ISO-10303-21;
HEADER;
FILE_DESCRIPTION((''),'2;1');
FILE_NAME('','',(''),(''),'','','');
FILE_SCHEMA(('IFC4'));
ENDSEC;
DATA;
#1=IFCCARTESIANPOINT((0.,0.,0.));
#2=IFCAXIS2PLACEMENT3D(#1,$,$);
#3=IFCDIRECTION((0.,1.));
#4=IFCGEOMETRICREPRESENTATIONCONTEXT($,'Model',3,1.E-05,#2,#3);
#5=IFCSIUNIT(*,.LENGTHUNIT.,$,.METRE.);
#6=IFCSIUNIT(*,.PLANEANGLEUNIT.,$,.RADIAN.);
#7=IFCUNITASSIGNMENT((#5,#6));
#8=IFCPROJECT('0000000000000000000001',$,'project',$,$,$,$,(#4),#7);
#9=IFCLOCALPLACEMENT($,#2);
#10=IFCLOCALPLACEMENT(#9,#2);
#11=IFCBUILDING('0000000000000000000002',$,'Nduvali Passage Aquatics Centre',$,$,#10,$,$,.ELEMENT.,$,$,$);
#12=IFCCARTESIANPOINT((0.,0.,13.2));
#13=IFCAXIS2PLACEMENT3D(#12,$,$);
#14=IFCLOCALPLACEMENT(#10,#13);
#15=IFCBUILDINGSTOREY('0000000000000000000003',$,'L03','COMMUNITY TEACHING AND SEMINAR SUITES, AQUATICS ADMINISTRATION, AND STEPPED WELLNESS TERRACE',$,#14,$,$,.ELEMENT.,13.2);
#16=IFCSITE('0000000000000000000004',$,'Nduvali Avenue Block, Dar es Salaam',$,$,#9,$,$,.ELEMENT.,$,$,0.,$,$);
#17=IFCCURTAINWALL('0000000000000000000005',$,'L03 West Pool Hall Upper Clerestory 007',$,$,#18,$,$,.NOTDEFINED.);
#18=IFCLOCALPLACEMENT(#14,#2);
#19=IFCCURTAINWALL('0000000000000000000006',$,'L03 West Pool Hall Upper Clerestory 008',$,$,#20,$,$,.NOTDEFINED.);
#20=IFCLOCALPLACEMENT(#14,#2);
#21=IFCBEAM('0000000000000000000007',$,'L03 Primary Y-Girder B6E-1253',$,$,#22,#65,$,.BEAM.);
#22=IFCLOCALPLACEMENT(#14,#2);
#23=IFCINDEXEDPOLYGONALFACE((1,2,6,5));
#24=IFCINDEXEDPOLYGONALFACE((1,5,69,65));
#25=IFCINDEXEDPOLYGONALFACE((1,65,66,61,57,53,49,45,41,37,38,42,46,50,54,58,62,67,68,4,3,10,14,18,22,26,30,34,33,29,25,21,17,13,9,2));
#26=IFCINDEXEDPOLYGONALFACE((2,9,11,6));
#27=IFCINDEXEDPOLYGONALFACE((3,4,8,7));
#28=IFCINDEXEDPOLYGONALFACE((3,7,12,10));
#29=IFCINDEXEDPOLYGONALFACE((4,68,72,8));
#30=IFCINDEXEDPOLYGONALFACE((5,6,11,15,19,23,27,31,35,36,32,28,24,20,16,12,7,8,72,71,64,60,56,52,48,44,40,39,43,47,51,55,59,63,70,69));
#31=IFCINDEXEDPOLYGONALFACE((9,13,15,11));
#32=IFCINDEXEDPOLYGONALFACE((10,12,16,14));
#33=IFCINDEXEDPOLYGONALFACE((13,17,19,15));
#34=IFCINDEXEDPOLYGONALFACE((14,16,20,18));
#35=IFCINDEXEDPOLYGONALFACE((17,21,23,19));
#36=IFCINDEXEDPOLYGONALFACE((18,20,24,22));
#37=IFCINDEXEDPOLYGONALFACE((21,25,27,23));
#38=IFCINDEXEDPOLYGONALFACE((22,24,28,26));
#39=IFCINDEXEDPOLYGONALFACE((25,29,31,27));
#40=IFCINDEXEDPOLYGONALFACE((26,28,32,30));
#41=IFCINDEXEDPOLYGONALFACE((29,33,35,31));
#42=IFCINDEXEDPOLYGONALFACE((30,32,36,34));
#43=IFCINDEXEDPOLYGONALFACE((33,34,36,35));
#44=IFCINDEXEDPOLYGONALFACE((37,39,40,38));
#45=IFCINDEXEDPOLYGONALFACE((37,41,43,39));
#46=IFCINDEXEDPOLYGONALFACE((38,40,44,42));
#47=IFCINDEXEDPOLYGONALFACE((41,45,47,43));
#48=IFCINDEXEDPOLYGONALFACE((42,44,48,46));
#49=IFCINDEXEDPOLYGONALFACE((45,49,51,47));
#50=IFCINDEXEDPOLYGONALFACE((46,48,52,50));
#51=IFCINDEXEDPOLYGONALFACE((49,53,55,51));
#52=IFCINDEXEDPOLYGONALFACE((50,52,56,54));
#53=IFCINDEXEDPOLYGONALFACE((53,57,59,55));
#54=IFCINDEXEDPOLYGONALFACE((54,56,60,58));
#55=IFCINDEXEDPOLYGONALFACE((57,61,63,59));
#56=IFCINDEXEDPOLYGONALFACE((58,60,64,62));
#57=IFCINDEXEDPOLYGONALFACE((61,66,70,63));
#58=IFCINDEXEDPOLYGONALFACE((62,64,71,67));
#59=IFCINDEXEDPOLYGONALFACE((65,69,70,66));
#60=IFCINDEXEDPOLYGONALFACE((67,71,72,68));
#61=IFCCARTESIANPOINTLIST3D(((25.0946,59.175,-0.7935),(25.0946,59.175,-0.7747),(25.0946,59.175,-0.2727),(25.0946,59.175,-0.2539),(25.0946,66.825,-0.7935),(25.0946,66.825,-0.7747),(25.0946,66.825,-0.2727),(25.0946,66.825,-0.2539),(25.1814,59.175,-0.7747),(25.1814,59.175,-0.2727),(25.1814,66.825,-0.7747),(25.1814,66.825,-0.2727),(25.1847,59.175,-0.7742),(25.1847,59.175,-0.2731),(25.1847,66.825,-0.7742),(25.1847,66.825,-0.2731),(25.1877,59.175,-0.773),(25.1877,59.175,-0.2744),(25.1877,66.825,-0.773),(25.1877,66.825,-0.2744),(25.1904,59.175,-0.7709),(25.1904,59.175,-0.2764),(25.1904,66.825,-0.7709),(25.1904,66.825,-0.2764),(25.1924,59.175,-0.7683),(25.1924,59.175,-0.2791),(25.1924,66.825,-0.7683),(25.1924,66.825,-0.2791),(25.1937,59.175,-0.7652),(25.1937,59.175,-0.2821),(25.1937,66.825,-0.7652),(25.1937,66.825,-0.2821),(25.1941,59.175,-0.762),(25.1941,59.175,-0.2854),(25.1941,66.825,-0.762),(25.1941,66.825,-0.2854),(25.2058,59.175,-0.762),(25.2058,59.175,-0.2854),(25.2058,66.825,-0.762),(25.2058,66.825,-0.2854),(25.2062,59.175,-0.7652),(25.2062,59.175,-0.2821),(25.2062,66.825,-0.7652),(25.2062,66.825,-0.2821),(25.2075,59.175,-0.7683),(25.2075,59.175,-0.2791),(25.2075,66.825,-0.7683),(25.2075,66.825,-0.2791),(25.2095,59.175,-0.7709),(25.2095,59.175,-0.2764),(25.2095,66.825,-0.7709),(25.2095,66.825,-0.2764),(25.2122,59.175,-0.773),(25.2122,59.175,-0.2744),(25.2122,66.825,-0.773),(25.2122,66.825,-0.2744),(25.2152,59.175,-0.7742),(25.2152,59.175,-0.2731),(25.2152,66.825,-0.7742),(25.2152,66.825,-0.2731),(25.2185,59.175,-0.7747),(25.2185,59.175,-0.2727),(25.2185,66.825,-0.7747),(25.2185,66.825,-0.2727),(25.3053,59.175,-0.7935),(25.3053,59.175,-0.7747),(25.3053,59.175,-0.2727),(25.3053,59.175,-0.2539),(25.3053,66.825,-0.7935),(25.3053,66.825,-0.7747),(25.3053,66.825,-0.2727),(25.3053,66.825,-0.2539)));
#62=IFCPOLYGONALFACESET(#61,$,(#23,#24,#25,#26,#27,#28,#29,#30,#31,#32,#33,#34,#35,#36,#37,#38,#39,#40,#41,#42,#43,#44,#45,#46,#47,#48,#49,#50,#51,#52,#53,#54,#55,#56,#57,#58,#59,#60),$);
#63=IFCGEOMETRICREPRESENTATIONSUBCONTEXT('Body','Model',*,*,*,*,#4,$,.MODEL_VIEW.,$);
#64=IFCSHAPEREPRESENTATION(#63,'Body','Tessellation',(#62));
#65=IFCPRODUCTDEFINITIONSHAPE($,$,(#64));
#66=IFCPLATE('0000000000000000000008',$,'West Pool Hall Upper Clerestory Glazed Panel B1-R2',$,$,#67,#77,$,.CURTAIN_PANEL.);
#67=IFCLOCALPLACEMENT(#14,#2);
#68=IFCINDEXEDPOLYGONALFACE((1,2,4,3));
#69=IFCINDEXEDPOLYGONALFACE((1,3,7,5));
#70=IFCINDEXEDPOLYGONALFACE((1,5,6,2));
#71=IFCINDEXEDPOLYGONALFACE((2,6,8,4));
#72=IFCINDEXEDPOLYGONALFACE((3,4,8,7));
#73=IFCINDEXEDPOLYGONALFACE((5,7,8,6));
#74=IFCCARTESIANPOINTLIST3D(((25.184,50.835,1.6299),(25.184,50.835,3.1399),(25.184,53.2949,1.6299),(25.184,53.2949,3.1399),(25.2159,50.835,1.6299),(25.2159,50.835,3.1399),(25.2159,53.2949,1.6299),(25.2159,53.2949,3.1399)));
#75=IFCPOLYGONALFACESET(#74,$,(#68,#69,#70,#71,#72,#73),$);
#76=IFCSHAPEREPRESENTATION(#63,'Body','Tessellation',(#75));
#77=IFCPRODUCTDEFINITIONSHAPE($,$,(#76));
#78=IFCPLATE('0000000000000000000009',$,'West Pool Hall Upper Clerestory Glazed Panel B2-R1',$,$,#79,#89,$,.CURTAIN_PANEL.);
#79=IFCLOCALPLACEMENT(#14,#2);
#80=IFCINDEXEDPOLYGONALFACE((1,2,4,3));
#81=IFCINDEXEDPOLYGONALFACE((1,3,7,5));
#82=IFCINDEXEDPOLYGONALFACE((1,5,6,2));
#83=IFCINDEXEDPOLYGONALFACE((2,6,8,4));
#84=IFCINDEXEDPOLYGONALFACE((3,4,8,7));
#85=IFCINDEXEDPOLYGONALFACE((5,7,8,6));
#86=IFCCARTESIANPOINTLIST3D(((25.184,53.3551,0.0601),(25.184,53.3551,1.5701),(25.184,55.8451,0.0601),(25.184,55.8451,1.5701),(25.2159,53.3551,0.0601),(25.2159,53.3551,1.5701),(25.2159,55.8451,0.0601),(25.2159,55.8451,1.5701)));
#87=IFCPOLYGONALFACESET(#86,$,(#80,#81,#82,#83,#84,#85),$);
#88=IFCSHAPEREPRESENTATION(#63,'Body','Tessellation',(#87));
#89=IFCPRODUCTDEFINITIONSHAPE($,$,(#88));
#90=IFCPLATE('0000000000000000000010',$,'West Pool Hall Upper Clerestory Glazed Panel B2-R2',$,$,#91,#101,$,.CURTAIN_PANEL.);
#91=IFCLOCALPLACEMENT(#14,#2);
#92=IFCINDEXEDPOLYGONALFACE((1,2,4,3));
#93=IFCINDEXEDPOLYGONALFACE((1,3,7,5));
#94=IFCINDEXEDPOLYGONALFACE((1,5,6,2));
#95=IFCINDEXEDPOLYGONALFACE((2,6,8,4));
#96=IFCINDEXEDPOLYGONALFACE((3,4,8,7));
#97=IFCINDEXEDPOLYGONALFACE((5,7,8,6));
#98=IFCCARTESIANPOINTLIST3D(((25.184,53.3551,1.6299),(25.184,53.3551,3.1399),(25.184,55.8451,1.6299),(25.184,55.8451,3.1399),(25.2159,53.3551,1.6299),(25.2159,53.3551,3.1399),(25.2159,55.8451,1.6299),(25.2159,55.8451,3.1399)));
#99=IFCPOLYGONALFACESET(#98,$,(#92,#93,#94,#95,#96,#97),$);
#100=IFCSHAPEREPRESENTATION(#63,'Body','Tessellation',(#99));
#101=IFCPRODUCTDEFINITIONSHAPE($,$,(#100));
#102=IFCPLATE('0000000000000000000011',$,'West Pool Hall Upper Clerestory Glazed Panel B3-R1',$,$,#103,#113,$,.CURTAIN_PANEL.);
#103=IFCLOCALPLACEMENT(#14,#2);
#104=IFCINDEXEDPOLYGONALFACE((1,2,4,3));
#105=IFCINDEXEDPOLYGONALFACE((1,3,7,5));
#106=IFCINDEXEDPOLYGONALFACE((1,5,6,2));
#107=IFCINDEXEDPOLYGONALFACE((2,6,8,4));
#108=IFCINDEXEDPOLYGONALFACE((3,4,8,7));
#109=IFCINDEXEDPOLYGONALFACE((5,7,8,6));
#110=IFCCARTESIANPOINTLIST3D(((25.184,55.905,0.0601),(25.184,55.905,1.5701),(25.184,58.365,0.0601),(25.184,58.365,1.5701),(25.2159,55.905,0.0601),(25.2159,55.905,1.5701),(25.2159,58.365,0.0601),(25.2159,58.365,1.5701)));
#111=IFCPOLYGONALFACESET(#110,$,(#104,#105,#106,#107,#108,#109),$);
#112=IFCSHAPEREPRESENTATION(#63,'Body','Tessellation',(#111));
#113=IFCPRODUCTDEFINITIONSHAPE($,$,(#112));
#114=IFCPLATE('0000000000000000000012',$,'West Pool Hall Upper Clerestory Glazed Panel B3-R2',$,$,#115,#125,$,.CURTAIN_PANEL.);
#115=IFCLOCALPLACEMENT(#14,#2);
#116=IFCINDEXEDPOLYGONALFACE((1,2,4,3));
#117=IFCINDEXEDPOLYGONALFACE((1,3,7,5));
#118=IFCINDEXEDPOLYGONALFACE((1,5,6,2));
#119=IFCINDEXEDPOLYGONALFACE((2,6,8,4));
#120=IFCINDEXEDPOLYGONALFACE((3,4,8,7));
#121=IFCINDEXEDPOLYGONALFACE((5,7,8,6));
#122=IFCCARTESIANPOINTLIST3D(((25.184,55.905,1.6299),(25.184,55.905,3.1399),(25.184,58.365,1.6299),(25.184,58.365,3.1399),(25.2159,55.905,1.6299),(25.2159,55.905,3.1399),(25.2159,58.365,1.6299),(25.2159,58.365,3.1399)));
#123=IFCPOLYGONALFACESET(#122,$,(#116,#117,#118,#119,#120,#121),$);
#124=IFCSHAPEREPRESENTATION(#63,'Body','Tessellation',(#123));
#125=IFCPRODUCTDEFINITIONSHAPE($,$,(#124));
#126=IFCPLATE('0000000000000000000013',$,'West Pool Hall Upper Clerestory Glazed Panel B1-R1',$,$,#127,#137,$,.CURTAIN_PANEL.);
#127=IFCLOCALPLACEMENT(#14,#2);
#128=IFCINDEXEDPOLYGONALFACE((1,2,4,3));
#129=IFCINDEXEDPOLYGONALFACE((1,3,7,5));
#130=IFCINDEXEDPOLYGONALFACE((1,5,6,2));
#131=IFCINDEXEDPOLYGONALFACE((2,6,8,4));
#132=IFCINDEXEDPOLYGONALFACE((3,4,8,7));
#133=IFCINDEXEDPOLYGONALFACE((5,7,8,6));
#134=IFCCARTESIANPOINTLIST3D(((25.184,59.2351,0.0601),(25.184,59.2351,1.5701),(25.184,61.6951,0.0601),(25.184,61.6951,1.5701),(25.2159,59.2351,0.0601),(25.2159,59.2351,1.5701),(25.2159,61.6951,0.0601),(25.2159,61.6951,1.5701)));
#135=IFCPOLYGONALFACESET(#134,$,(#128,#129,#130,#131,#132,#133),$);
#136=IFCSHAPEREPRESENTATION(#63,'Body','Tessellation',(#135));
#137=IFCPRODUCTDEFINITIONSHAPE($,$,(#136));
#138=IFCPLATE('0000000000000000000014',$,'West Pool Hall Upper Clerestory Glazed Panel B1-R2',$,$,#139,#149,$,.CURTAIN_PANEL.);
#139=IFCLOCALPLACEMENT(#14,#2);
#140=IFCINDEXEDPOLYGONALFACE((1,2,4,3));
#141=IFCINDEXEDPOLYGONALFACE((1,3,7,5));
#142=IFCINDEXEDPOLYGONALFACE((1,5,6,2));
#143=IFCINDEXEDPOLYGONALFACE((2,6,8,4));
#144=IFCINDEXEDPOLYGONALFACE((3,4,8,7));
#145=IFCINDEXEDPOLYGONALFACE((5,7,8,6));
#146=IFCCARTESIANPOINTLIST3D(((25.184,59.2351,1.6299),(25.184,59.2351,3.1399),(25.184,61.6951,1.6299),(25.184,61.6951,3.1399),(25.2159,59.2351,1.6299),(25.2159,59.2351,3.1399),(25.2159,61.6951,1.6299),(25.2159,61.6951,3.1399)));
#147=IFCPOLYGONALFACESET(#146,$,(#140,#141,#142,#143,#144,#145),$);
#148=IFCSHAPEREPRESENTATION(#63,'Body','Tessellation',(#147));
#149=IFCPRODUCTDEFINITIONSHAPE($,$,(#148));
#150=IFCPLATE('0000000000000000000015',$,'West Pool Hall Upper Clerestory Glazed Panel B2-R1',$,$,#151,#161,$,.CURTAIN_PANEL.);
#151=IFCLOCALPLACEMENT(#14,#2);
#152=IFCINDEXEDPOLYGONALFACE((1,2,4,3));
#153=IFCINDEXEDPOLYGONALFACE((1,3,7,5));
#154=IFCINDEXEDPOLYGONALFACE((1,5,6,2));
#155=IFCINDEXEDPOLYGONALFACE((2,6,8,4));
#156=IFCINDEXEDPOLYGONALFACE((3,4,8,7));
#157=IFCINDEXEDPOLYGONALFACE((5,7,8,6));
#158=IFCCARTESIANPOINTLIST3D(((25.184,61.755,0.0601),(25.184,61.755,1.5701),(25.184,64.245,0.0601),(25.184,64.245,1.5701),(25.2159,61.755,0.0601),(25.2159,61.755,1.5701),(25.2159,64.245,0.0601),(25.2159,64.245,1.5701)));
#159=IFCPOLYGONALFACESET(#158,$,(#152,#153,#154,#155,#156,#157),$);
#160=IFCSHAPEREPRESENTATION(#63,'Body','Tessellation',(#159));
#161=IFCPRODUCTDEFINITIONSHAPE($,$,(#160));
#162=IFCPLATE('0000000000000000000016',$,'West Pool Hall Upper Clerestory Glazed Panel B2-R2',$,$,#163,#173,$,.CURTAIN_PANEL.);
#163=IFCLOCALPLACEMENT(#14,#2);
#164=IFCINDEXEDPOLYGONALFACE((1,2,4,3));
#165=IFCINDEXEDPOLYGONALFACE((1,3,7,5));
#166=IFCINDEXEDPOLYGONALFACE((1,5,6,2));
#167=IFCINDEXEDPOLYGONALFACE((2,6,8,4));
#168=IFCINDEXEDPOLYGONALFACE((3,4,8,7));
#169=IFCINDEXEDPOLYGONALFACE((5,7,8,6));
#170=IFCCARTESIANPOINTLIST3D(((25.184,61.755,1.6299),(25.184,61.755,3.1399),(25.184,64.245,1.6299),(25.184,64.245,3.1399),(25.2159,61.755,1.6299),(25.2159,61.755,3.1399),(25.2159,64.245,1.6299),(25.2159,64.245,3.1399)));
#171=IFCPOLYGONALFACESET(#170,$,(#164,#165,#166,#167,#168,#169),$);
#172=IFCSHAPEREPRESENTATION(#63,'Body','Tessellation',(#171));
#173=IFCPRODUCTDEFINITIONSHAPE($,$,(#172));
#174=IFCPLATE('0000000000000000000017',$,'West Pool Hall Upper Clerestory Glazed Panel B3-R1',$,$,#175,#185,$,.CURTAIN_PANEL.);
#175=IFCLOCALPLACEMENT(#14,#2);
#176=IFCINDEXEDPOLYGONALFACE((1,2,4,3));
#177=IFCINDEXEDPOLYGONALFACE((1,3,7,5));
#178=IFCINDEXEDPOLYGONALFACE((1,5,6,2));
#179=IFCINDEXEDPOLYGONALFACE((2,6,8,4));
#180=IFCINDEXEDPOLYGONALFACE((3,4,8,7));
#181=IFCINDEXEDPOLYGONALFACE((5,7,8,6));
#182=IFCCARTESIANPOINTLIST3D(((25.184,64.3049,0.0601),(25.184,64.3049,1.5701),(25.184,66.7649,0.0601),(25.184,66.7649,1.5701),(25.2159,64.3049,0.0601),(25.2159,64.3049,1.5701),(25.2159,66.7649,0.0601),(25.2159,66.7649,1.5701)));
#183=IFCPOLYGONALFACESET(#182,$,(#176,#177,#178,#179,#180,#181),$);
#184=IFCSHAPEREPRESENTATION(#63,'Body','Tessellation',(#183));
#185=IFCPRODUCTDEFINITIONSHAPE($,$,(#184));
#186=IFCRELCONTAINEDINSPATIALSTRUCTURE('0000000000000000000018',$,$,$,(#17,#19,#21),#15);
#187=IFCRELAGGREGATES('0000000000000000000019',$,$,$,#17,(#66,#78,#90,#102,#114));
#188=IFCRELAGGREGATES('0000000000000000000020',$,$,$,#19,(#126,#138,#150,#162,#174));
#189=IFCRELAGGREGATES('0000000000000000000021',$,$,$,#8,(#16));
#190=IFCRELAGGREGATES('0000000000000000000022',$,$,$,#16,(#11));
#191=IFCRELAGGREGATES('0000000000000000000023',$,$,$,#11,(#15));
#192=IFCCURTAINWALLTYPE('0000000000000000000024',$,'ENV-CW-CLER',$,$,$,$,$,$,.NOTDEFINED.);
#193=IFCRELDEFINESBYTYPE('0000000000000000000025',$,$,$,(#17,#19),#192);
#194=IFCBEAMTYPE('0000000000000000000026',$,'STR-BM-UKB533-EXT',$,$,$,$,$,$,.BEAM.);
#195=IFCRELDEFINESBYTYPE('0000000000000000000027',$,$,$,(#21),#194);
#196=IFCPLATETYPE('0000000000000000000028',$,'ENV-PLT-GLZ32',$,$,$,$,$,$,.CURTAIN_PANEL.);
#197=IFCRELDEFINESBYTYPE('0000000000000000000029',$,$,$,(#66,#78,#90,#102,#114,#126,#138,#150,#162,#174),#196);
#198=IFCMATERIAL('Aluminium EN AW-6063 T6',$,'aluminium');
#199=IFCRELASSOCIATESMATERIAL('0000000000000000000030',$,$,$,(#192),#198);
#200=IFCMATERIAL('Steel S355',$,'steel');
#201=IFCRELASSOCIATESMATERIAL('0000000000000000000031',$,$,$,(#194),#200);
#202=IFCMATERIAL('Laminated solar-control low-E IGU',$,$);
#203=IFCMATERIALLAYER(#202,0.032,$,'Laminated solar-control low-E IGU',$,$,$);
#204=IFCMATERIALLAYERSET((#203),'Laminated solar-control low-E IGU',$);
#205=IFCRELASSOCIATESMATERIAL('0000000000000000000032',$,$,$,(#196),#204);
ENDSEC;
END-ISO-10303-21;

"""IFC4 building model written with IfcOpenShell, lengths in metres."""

from ifc_helpers import new_model, si_unit, direction, frame, origin, origin_2d, place, context, subcontext, project, spatial, rectangle, i_section, extrude, material, layer, layer_set, material_profile, profile_set, type_object, element, aggregate, save


model = new_model("IFC4")

# Units and contexts
model_context = context("Model", 3, precision=1e-05, world=origin(), true_north=direction((0.0, 1.0)))
body_context = subcontext(model_context, "Body", "Model", "MODEL_VIEW")
ifc_project = project(units=[si_unit("LENGTHUNIT", "METRE"), si_unit("PLANEANGLEUNIT", "RADIAN")], contexts=[model_context])

# Site, building, storey
site_placement = place(None, origin())
site = spatial("IfcSite", under=ifc_project, at=site_placement, Name="Nduvali Avenue Block, Dar es Salaam", CompositionType="ELEMENT", RefElevation=0.0)
building_placement = place(site_placement, origin())
building = spatial("IfcBuilding", under=site, at=building_placement, Name="Nduvali Passage Aquatics Centre", CompositionType="ELEMENT")
storey_placement = place(building_placement, frame((0.0, 0.0, 13.2)))
storey = spatial("IfcBuildingStorey", under=building, at=storey_placement, Name="L03", Description="COMMUNITY TEACHING AND SEMINAR SUITES, AQUATICS ADMINISTRATION, AND STEPPED WELLNESS TERRACE", CompositionType="ELEMENT", Elevation=13.2)

# Curtain walls
ifc_material_1 = material(Name="Aluminium EN AW-6063 T6", Category="aluminium")
curtain_wall_type = type_object("IfcCurtainWallType", Name="ENV-CW-CLER", PredefinedType="NOTDEFINED", material=ifc_material_1)
curtain_wall_1_placement = place(storey_placement, origin())
curtain_wall_1 = element("IfcCurtainWall", 1, at=curtain_wall_1_placement, inside=storey, type_object=curtain_wall_type, Name="L03 West Pool Hall Upper Clerestory 007", PredefinedType="NOTDEFINED")
curtain_wall_2_placement = place(storey_placement, origin())
curtain_wall_2 = element("IfcCurtainWall", 2, at=curtain_wall_2_placement, inside=storey, type_object=curtain_wall_type, Name="L03 West Pool Hall Upper Clerestory 008", PredefinedType="NOTDEFINED")

# Beam
ifc_material_2 = material(Name="Steel S355", Category="steel")
ifc_material_profile_1 = material_profile(ifc_material_2, i_section(OverallWidth=0.2107, OverallDepth=0.5396, WebThickness=0.0117, FlangeThickness=0.0188, FilletRadius=0.0127, at=origin_2d()), Name="UKB 533x210x109")
ifc_profile_set_1 = profile_set([ifc_material_profile_1], Name="Steel S355")
beam_type = type_object("IfcBeamType", Name="STR-BM-UKB533-EXT", PredefinedType="BEAM", material=ifc_profile_set_1)
beam_placement = place(storey_placement, frame((25.2, 59.175, -0.5237), z_axis=(0.0, 1.0, 0.0), x_axis=(-1.0, 0.0, 0.0)))
element("IfcBeam", 3, at=beam_placement, inside=storey, type_object=beam_type, Name="L03 Primary Y-Girder B6E-1253", PredefinedType="BEAM", context=body_context, shape_type="SweptSolid", body=[
    extrude(i_section(OverallWidth=0.2107, OverallDepth=0.5396, WebThickness=0.0117, FlangeThickness=0.0188, FilletRadius=0.0127, at=origin_2d()), origin(), (0.0, 0.0, 1.0), 7.6499),
])

# Plates
ifc_material_3 = material(Name="Laminated solar-control low-E IGU")
ifc_layer = layer(ifc_material_3, 0.032, Name="Laminated solar-control low-E IGU")
ifc_layer_set = layer_set([ifc_layer], Name="Laminated solar-control low-E IGU")
plate_type = type_object("IfcPlateType", Name="ENV-PLT-GLZ32", PredefinedType="CURTAIN_PANEL", material=ifc_layer_set)
plate_1_placement = place(storey_placement, frame((25.2, 52.0649, 1.6299), z_axis=(0.0, 0.0, 1.0), x_axis=(0.0, 1.0, 0.0)))
plate_1 = element("IfcPlate", 4, at=plate_1_placement, type_object=plate_type, Name="West Pool Hall Upper Clerestory Glazed Panel B1-R2", PredefinedType="CURTAIN_PANEL", context=body_context, shape_type="SweptSolid", body=[
    extrude(rectangle(XDim=2.46, YDim=0.032, at=origin_2d()), origin(), (0.0, 0.0, 1.0), 1.51),
])
plate_2_placement = place(storey_placement, frame((25.2, 54.6001, 0.0601), z_axis=(0.0, 0.0, 1.0), x_axis=(0.0, 1.0, 0.0)))
plate_2 = element("IfcPlate", 5, at=plate_2_placement, type_object=plate_type, Name="West Pool Hall Upper Clerestory Glazed Panel B2-R1", PredefinedType="CURTAIN_PANEL", context=body_context, shape_type="SweptSolid", body=[
    extrude(rectangle(XDim=2.49, YDim=0.032, at=origin_2d()), origin(), (0.0, 0.0, 1.0), 1.51),
])
plate_3_placement = place(storey_placement, frame((25.2, 54.6001, 1.6299), z_axis=(0.0, 0.0, 1.0), x_axis=(0.0, 1.0, 0.0)))
plate_3 = element("IfcPlate", 6, at=plate_3_placement, type_object=plate_type, Name="West Pool Hall Upper Clerestory Glazed Panel B2-R2", PredefinedType="CURTAIN_PANEL", context=body_context, shape_type="SweptSolid", body=[
    extrude(rectangle(XDim=2.49, YDim=0.032, at=origin_2d()), origin(), (0.0, 0.0, 1.0), 1.51),
])
plate_4_placement = place(storey_placement, frame((25.2, 57.135, 0.0601), z_axis=(0.0, 0.0, 1.0), x_axis=(0.0, 1.0, 0.0)))
plate_4 = element("IfcPlate", 7, at=plate_4_placement, type_object=plate_type, Name="West Pool Hall Upper Clerestory Glazed Panel B3-R1", PredefinedType="CURTAIN_PANEL", context=body_context, shape_type="SweptSolid", body=[
    extrude(rectangle(XDim=2.46, YDim=0.032, at=origin_2d()), origin(), (0.0, 0.0, 1.0), 1.51),
])
plate_5_placement = place(storey_placement, frame((25.2, 57.135, 1.6299), z_axis=(0.0, 0.0, 1.0), x_axis=(0.0, 1.0, 0.0)))
plate_5 = element("IfcPlate", 8, at=plate_5_placement, type_object=plate_type, Name="West Pool Hall Upper Clerestory Glazed Panel B3-R2", PredefinedType="CURTAIN_PANEL", context=body_context, shape_type="SweptSolid", body=[
    extrude(rectangle(XDim=2.46, YDim=0.032, at=origin_2d()), origin(), (0.0, 0.0, 1.0), 1.51),
])
aggregate(curtain_wall_1, [plate_1, plate_2, plate_3, plate_4, plate_5])
plate_6_placement = place(storey_placement, frame((25.2, 60.4651, 0.0601), z_axis=(0.0, 0.0, 1.0), x_axis=(0.0, 1.0, 0.0)))
plate_6 = element("IfcPlate", 9, at=plate_6_placement, type_object=plate_type, Name="West Pool Hall Upper Clerestory Glazed Panel B1-R1", PredefinedType="CURTAIN_PANEL", context=body_context, shape_type="SweptSolid", body=[
    extrude(rectangle(XDim=2.46, YDim=0.032, at=origin_2d()), origin(), (0.0, 0.0, 1.0), 1.51),
])
plate_7_placement = place(storey_placement, frame((25.2, 60.4651, 1.6299), z_axis=(0.0, 0.0, 1.0), x_axis=(0.0, 1.0, 0.0)))
plate_7 = element("IfcPlate", 10, at=plate_7_placement, type_object=plate_type, Name="West Pool Hall Upper Clerestory Glazed Panel B1-R2", PredefinedType="CURTAIN_PANEL", context=body_context, shape_type="SweptSolid", body=[
    extrude(rectangle(XDim=2.46, YDim=0.032, at=origin_2d()), origin(), (0.0, 0.0, 1.0), 1.51),
])
plate_8_placement = place(storey_placement, frame((25.2, 63.0, 0.0601), z_axis=(0.0, 0.0, 1.0), x_axis=(0.0, 1.0, 0.0)))
plate_8 = element("IfcPlate", 11, at=plate_8_placement, type_object=plate_type, Name="West Pool Hall Upper Clerestory Glazed Panel B2-R1", PredefinedType="CURTAIN_PANEL", context=body_context, shape_type="SweptSolid", body=[
    extrude(rectangle(XDim=2.49, YDim=0.032, at=origin_2d()), origin(), (0.0, 0.0, 1.0), 1.51),
])
plate_9_placement = place(storey_placement, frame((25.2, 63.0, 1.6299), z_axis=(0.0, 0.0, 1.0), x_axis=(0.0, 1.0, 0.0)))
plate_9 = element("IfcPlate", 12, at=plate_9_placement, type_object=plate_type, Name="West Pool Hall Upper Clerestory Glazed Panel B2-R2", PredefinedType="CURTAIN_PANEL", context=body_context, shape_type="SweptSolid", body=[
    extrude(rectangle(XDim=2.49, YDim=0.032, at=origin_2d()), origin(), (0.0, 0.0, 1.0), 1.51),
])
plate_10_placement = place(storey_placement, frame((25.2, 65.5349, 0.0601), z_axis=(0.0, 0.0, 1.0), x_axis=(0.0, 1.0, 0.0)))
plate_10 = element("IfcPlate", 13, at=plate_10_placement, type_object=plate_type, Name="West Pool Hall Upper Clerestory Glazed Panel B3-R1", PredefinedType="CURTAIN_PANEL", context=body_context, shape_type="SweptSolid", body=[
    extrude(rectangle(XDim=2.46, YDim=0.032, at=origin_2d()), origin(), (0.0, 0.0, 1.0), 1.51),
])
aggregate(curtain_wall_2, [plate_6, plate_7, plate_8, plate_9, plate_10])

save(model, "model.ifc")
